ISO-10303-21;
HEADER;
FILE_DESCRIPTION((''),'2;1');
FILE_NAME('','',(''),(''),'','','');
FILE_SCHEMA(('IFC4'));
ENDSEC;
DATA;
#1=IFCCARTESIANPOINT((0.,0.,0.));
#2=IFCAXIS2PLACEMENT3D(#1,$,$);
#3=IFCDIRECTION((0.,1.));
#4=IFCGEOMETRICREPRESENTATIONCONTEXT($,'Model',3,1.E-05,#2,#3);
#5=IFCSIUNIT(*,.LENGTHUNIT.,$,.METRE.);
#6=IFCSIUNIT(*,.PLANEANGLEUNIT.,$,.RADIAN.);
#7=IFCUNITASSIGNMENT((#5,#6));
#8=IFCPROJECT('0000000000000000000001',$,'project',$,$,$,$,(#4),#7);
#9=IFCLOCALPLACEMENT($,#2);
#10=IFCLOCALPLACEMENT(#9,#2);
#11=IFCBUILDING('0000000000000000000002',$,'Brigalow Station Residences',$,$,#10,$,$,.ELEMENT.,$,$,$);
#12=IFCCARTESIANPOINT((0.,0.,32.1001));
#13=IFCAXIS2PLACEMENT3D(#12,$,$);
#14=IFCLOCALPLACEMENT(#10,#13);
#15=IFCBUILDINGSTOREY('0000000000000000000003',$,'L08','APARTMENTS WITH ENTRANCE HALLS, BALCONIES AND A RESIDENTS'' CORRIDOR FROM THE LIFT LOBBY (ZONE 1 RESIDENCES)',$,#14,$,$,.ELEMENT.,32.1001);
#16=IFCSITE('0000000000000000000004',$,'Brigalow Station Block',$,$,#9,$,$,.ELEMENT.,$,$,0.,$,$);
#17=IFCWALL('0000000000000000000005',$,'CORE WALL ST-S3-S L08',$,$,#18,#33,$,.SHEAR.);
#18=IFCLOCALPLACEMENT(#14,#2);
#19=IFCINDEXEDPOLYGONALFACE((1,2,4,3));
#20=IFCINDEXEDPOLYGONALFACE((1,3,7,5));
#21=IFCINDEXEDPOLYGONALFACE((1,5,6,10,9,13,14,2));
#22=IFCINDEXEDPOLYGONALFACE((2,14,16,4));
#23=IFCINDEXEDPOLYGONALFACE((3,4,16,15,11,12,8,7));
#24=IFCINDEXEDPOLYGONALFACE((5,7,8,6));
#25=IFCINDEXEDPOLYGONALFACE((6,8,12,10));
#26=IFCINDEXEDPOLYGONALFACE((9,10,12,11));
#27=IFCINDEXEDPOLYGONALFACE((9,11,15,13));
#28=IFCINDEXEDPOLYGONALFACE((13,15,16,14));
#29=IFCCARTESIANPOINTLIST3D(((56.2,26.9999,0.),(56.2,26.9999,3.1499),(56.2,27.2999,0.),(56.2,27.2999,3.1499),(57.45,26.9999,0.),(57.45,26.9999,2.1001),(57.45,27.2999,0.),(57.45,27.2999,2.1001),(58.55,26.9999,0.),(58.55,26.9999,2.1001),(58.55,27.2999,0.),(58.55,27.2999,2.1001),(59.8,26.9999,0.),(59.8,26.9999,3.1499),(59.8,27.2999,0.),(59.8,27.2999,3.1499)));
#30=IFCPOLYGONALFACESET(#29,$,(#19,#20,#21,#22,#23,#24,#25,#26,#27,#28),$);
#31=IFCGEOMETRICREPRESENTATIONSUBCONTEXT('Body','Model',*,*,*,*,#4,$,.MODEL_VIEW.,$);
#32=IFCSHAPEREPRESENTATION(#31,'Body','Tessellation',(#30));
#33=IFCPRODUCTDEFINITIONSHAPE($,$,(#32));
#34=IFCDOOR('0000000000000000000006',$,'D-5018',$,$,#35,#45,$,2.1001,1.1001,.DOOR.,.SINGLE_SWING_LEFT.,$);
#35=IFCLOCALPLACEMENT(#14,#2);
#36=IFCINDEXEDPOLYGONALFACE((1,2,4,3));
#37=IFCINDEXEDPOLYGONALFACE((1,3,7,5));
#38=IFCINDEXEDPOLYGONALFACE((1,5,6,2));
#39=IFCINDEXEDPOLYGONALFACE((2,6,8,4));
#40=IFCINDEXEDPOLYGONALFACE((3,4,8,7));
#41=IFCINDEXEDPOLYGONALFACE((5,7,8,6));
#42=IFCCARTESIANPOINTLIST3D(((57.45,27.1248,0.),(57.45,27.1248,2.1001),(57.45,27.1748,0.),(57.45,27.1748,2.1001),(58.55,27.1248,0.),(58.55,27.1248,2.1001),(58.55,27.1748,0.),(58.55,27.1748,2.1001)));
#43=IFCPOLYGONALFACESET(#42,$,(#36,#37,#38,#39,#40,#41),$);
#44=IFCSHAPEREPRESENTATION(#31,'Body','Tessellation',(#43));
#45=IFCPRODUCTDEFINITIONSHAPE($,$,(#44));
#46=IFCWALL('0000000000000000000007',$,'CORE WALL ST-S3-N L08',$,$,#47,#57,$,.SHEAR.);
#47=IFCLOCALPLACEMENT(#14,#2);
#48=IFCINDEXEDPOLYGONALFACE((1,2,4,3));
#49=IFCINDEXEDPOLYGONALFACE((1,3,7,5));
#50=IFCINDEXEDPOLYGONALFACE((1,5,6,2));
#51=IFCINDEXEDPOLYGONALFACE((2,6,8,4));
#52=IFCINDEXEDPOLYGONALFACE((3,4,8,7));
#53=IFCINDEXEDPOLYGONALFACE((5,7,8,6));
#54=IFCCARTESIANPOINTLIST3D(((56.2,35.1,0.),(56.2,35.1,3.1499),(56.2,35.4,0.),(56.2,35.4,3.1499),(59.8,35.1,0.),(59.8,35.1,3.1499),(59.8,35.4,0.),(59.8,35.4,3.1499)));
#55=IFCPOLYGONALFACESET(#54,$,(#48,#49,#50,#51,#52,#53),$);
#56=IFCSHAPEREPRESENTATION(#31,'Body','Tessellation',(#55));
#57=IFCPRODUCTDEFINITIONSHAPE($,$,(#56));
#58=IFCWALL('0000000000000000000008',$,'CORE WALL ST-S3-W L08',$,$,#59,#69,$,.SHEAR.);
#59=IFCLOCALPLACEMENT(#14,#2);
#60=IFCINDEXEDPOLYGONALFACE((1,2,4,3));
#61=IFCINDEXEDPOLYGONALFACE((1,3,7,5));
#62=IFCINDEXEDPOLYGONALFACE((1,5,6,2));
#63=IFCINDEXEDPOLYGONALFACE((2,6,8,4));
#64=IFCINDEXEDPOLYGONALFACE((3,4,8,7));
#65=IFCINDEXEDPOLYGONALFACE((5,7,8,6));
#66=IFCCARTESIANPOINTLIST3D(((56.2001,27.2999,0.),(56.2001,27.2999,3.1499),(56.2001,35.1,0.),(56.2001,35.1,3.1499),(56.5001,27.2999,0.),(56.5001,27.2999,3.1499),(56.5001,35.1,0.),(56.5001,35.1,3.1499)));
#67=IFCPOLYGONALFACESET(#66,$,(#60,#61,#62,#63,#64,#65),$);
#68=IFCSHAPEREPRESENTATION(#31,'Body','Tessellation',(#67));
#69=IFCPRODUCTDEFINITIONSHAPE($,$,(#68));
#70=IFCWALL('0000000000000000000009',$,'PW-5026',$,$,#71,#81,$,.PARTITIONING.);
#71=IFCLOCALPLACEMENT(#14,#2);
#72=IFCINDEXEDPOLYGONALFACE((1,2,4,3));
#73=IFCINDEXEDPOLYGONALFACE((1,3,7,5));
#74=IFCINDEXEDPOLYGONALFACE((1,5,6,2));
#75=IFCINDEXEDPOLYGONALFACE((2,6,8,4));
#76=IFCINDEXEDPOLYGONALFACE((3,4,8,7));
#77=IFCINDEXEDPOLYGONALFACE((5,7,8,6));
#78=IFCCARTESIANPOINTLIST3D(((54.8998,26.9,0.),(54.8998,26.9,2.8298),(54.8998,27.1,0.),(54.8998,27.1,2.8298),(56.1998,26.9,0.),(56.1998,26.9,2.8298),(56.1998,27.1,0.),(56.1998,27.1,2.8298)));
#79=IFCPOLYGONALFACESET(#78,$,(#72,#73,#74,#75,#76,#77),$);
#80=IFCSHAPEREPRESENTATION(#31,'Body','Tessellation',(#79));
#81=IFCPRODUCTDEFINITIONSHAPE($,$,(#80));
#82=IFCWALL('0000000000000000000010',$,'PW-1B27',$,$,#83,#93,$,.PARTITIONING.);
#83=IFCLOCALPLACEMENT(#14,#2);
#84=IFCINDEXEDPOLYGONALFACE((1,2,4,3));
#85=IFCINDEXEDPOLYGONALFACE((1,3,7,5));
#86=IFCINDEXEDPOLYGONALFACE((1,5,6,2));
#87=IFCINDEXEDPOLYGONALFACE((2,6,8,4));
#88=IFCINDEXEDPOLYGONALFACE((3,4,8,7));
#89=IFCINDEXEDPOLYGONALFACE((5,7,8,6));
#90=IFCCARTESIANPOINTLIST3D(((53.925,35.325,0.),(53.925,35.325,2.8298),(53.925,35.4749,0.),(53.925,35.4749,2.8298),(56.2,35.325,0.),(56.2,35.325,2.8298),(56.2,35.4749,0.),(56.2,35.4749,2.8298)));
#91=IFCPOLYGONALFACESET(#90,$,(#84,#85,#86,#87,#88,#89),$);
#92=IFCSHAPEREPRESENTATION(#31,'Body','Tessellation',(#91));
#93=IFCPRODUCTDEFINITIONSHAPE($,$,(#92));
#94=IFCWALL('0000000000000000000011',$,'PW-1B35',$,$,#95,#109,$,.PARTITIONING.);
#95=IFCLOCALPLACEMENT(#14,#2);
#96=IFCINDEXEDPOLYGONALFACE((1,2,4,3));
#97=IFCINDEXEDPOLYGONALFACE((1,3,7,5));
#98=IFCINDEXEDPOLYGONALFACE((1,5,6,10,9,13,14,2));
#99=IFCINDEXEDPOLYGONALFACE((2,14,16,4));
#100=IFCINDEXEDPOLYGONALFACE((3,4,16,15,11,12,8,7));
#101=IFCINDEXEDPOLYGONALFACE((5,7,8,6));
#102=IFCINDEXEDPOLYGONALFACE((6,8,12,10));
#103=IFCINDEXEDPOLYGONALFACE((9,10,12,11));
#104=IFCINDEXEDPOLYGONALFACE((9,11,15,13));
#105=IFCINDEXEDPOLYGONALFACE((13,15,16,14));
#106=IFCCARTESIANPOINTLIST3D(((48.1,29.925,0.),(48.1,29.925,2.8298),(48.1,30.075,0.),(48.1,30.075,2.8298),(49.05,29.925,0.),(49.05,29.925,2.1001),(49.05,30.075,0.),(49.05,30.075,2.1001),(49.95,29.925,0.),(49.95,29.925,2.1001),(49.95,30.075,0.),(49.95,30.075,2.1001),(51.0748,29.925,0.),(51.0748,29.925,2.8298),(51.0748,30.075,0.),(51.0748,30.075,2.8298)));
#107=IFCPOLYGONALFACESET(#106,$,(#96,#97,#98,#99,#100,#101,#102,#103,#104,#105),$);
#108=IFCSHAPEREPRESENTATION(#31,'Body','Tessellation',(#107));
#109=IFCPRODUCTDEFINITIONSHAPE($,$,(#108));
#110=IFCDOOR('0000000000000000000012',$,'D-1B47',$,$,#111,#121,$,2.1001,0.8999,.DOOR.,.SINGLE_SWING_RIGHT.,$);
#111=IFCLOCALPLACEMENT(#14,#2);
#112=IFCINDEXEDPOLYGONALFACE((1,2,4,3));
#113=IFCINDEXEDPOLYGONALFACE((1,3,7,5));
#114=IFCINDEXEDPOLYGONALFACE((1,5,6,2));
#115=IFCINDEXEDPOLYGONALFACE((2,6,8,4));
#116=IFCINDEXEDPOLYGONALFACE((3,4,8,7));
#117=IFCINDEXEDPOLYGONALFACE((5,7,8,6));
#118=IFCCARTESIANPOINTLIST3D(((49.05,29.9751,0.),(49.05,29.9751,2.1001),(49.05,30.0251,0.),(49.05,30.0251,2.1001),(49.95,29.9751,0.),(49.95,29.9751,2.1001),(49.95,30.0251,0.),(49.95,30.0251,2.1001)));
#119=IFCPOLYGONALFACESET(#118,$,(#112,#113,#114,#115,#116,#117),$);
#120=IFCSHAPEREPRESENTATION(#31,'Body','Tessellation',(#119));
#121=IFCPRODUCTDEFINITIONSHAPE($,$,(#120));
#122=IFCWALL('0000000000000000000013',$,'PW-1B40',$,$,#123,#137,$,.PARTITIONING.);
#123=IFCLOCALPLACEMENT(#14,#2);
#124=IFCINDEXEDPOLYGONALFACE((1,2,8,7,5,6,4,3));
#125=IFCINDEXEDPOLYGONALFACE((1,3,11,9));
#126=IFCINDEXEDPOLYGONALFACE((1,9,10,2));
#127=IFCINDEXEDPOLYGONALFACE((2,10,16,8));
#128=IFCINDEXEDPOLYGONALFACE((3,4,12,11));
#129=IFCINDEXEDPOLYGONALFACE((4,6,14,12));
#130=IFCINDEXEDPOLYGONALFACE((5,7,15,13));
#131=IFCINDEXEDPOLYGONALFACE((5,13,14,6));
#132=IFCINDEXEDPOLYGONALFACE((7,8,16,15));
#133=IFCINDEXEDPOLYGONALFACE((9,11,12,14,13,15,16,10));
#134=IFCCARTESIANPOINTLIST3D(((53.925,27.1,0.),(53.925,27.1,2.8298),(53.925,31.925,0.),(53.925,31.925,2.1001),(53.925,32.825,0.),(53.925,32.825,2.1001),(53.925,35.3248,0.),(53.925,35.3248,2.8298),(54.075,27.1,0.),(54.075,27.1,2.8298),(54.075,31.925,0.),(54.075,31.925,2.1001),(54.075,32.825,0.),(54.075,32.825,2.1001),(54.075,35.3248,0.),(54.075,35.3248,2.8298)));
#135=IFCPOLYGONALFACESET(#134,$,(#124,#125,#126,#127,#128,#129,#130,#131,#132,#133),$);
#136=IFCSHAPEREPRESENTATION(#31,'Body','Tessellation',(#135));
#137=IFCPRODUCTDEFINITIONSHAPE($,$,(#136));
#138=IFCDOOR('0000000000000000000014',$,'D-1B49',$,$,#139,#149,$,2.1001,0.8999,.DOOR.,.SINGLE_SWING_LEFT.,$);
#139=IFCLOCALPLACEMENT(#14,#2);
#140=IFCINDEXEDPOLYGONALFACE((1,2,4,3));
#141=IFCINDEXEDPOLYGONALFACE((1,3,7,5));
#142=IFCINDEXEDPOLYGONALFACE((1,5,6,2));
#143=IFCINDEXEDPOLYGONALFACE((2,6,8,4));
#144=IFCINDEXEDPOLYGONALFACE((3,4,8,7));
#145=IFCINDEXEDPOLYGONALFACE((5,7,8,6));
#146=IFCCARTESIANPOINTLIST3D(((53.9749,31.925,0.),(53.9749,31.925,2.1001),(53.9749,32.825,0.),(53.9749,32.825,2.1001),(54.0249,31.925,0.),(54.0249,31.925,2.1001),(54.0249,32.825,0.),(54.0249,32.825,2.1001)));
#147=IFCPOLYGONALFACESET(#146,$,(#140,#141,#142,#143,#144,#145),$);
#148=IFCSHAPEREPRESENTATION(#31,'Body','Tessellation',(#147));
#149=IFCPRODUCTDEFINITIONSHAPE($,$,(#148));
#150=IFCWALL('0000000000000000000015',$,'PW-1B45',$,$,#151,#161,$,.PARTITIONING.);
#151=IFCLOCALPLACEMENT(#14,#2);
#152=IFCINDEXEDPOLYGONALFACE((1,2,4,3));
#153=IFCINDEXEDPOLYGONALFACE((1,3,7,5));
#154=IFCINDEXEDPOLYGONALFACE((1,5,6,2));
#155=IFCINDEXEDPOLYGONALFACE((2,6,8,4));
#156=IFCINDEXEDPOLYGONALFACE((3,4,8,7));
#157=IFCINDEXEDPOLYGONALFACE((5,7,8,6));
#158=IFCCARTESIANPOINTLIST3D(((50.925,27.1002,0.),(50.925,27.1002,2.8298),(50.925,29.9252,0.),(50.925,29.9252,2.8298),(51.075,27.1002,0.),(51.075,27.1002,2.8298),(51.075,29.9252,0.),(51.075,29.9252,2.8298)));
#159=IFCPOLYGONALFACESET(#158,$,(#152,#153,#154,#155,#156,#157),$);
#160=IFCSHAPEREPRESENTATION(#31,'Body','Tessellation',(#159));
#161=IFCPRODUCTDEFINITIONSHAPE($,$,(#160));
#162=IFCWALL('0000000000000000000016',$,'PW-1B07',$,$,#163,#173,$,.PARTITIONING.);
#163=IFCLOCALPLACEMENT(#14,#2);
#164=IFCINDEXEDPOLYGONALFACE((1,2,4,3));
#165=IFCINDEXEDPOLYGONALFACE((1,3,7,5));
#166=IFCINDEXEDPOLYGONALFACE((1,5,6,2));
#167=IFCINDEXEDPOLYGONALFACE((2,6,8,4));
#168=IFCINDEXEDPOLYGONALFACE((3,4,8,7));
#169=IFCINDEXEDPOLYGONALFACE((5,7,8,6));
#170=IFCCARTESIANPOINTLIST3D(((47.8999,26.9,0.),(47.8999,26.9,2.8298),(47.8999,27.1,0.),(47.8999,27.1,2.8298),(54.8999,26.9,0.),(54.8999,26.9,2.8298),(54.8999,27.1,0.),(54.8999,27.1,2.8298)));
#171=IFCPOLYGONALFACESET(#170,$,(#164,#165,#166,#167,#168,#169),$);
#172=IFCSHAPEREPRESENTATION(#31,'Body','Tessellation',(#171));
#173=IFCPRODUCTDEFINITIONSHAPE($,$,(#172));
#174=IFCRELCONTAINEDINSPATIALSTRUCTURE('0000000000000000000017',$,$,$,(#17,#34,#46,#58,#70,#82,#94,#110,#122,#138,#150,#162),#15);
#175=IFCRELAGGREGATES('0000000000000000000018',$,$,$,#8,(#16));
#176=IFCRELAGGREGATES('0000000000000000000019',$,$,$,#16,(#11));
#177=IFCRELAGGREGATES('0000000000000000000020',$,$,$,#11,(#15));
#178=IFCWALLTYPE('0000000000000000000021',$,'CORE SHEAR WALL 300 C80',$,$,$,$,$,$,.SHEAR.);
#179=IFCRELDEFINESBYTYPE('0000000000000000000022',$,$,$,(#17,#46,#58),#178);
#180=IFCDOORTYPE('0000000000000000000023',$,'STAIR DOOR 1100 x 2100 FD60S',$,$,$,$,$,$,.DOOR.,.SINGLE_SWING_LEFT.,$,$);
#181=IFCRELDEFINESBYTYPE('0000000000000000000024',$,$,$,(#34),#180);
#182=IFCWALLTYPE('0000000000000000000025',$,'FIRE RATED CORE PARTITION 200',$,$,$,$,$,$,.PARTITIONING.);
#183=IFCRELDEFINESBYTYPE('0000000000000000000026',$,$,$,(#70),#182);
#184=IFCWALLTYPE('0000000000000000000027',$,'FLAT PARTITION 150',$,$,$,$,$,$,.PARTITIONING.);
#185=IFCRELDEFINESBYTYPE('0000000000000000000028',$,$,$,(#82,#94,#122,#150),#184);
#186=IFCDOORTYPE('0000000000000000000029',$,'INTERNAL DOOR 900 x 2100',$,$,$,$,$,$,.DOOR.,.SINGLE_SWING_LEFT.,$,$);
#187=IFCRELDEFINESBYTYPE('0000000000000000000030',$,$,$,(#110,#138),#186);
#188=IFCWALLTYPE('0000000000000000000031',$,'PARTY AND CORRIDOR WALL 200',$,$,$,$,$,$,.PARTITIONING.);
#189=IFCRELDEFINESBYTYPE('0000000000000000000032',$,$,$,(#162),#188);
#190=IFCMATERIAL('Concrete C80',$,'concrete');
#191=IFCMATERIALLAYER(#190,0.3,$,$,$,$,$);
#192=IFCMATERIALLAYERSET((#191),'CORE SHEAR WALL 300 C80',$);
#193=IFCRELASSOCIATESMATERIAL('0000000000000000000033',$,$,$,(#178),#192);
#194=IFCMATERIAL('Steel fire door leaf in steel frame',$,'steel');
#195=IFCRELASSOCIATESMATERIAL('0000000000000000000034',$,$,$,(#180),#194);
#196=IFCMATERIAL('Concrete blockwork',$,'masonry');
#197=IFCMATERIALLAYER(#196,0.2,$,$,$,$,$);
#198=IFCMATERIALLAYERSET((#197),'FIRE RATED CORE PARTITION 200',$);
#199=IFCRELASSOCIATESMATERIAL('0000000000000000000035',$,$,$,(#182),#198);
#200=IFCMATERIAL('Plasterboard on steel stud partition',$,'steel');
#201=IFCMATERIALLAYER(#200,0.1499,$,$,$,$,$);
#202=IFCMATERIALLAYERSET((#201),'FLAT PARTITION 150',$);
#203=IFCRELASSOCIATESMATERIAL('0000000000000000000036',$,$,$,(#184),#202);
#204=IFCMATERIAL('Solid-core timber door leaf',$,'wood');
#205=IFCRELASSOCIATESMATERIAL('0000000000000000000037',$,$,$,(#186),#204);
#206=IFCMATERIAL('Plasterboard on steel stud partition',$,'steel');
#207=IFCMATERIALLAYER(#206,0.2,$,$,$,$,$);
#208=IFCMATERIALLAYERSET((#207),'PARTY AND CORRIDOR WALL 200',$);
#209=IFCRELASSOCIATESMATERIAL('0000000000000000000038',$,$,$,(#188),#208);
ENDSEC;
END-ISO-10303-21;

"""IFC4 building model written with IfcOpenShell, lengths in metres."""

from ifc_helpers import new_model, si_unit, direction, frame, frame_2d, origin, place, context, subcontext, project, spatial, rectangle, extrude, material, layer, layer_set, type_object, element, fill, save


model = new_model("IFC4")

# Units and contexts
model_context = context("Model", 3, precision=1e-05, world=origin(), true_north=direction((0.0, 1.0)))
body_context = subcontext(model_context, "Body", "Model", "MODEL_VIEW")
ifc_project = project(units=[si_unit("LENGTHUNIT", "METRE"), si_unit("PLANEANGLEUNIT", "RADIAN")], contexts=[model_context])

# Site, building, storey
site_placement = place(None, origin())
site = spatial("IfcSite", under=ifc_project, at=site_placement, Name="Brigalow Station Block", CompositionType="ELEMENT", RefElevation=0.0)
building_placement = place(site_placement, origin())
building = spatial("IfcBuilding", under=site, at=building_placement, Name="Brigalow Station Residences", CompositionType="ELEMENT")
storey_placement = place(building_placement, frame((0.0, 0.0, 32.1001)))
storey = spatial("IfcBuildingStorey", under=building, at=storey_placement, Name="L08", Description="APARTMENTS WITH ENTRANCE HALLS, BALCONIES AND A RESIDENTS' CORRIDOR FROM THE LIFT LOBBY (ZONE 1 RESIDENCES)", CompositionType="ELEMENT", Elevation=32.1001)

# Wall, opening, door
ifc_material_1 = material(Name="Concrete C80", Category="concrete")
ifc_layer_1 = layer(ifc_material_1, 0.3)
ifc_layer_set_1 = layer_set([ifc_layer_1], Name="CORE SHEAR WALL 300 C80")
wall_type_1 = type_object("IfcWallType", Name="CORE SHEAR WALL 300 C80", PredefinedType="SHEAR", material=ifc_layer_set_1)
wall_1_placement = place(storey_placement, frame((56.2, 27.1499, 0.0), z_axis=(0.0, 0.0, 1.0), x_axis=(1.0, 0.0, 0.0)))
wall_1 = element("IfcWall", 1, at=wall_1_placement, inside=storey, type_object=wall_type_1, Name="CORE WALL ST-S3-S L08", PredefinedType="SHEAR", context=body_context, shape_type="SweptSolid", body=[
    extrude(rectangle(XDim=3.6001, YDim=0.3, at=frame_2d((1.8, 0.0))), origin(), (0.0, 0.0, 1.0), 3.1499),
])
opening_1_placement = place(wall_1_placement, frame((1.25, 0.0, 0.0)))
opening_1 = element("IfcOpeningElement", 2, at=opening_1_placement, cuts=wall_1, PredefinedType="OPENING", context=body_context, shape_type="SweptSolid", body=[
    extrude(rectangle(XDim=1.1001, YDim=2.1001, at=frame_2d((0.55, 1.05))), frame((0.0, 0.1602, 0.0), z_axis=(0.0, -1.0, 0.0), x_axis=(1.0, 0.0, 0.0)), (0.0, 0.0, 1.0), 0.3201),
])
ifc_material_2 = material(Name="Steel fire door leaf in steel frame", Category="steel")
door_type_1 = type_object("IfcDoorType", Name="STAIR DOOR 1100 x 2100 FD60S", OperationType="SINGLE_SWING_LEFT", PredefinedType="DOOR", material=ifc_material_2)
door_1_placement = place(opening_1_placement, origin())
door_1 = element("IfcDoor", 3, at=door_1_placement, inside=storey, type_object=door_type_1, Name="D-5018", OperationType="SINGLE_SWING_LEFT", OverallHeight=2.1001, OverallWidth=1.1001, PredefinedType="DOOR", context=body_context, shape_type="SweptSolid", body=[
    extrude(rectangle(XDim=1.1001, YDim=2.1001, at=frame_2d((0.55, 1.05))), frame((0.0, 0.0249, 0.0), z_axis=(0.0, -1.0, 0.0), x_axis=(1.0, 0.0, 0.0)), (0.0, 0.0, 1.0), 0.05),
])
fill(opening_1, door_1)

# Walls
wall_2_placement = place(storey_placement, frame((56.2, 35.25, 0.0), z_axis=(0.0, 0.0, 1.0), x_axis=(1.0, 0.0, 0.0)))
element("IfcWall", 4, at=wall_2_placement, inside=storey, type_object=wall_type_1, Name="CORE WALL ST-S3-N L08", PredefinedType="SHEAR", context=body_context, shape_type="SweptSolid", body=[
    extrude(rectangle(XDim=3.6001, YDim=0.3, at=frame_2d((1.8, 0.0))), origin(), (0.0, 0.0, 1.0), 3.1499),
])
wall_3_placement = place(storey_placement, frame((56.3501, 27.3, 0.0), z_axis=(0.0, 0.0, 1.0), x_axis=(0.0, 1.0, 0.0)))
element("IfcWall", 5, at=wall_3_placement, inside=storey, type_object=wall_type_1, Name="CORE WALL ST-S3-W L08", PredefinedType="SHEAR", context=body_context, shape_type="SweptSolid", body=[
    extrude(rectangle(XDim=7.8, YDim=0.3, at=frame_2d((3.8999, 0.0))), origin(), (0.0, 0.0, 1.0), 3.1499),
])
ifc_material_3 = material(Name="Concrete blockwork", Category="masonry")
ifc_layer_2 = layer(ifc_material_3, 0.2)
ifc_layer_set_2 = layer_set([ifc_layer_2], Name="FIRE RATED CORE PARTITION 200")
wall_type_2 = type_object("IfcWallType", Name="FIRE RATED CORE PARTITION 200", PredefinedType="PARTITIONING", material=ifc_layer_set_2)
wall_4_placement = place(storey_placement, frame((54.8999, 27.0, 0.0), z_axis=(0.0, 0.0, 1.0), x_axis=(1.0, 0.0, 0.0)))
element("IfcWall", 6, at=wall_4_placement, inside=storey, type_object=wall_type_2, Name="PW-5026", PredefinedType="PARTITIONING", context=body_context, shape_type="SweptSolid", body=[
    extrude(rectangle(XDim=1.3, YDim=0.2, at=frame_2d((0.6499, 0.0))), origin(), (0.0, 0.0, 1.0), 2.8298),
])
ifc_material_4 = material(Name="Plasterboard on steel stud partition", Category="steel")
ifc_layer_3 = layer(ifc_material_4, 0.1499)
ifc_layer_set_3 = layer_set([ifc_layer_3], Name="FLAT PARTITION 150")
wall_type_3 = type_object("IfcWallType", Name="FLAT PARTITION 150", PredefinedType="PARTITIONING", material=ifc_layer_set_3)
wall_5_placement = place(storey_placement, frame((53.925, 35.3999, 0.0), z_axis=(0.0, 0.0, 1.0), x_axis=(1.0, 0.0, 0.0)))
element("IfcWall", 7, at=wall_5_placement, inside=storey, type_object=wall_type_3, Name="PW-1B27", PredefinedType="PARTITIONING", context=body_context, shape_type="SweptSolid", body=[
    extrude(rectangle(XDim=2.2749, YDim=0.1499, at=frame_2d((1.1375, 0.0))), origin(), (0.0, 0.0, 1.0), 2.8298),
])

# Walls, openings, doors
wall_6_placement = place(storey_placement, frame((48.1001, 30.0, 0.0), z_axis=(0.0, 0.0, 1.0), x_axis=(1.0, 0.0, 0.0)))
wall_6 = element("IfcWall", 8, at=wall_6_placement, inside=storey, type_object=wall_type_3, Name="PW-1B35", PredefinedType="PARTITIONING", context=body_context, shape_type="SweptSolid", body=[
    extrude(rectangle(XDim=2.9749, YDim=0.1499, at=frame_2d((1.4873, 0.0))), origin(), (0.0, 0.0, 1.0), 2.8298),
])
opening_2_placement = place(wall_6_placement, frame((0.95, 0.0, 0.0)))
opening_2 = element("IfcOpeningElement", 9, at=opening_2_placement, cuts=wall_6, PredefinedType="OPENING", context=body_context, shape_type="SweptSolid", body=[
    extrude(rectangle(XDim=0.8999, YDim=2.1001, at=frame_2d((0.45, 1.05))), frame((0.0, 0.085, 0.0), z_axis=(0.0, -1.0, 0.0), x_axis=(1.0, 0.0, 0.0)), (0.0, 0.0, 1.0), 0.1699),
])
ifc_material_5 = material(Name="Solid-core timber door leaf", Category="wood")
door_type_2 = type_object("IfcDoorType", Name="INTERNAL DOOR 900 x 2100", OperationType="SINGLE_SWING_LEFT", PredefinedType="DOOR", material=ifc_material_5)
door_2_placement = place(opening_2_placement, frame((0.8999, 0.0, 0.0), z_axis=(0.0, 0.0, 1.0), x_axis=(-1.0, 0.0, 0.0)))
door_2 = element("IfcDoor", 10, at=door_2_placement, inside=storey, type_object=door_type_2, Name="D-1B47", OperationType="SINGLE_SWING_RIGHT", OverallHeight=2.1001, OverallWidth=0.8999, PredefinedType="DOOR", context=body_context, shape_type="SweptSolid", body=[
    extrude(rectangle(XDim=0.8999, YDim=2.1001, at=frame_2d((0.45, 1.05))), frame((0.0, 0.0249, 0.0), z_axis=(0.0, -1.0, 0.0), x_axis=(1.0, 0.0, 0.0)), (0.0, 0.0, 1.0), 0.05),
])
fill(opening_2, door_2)
wall_7_placement = place(storey_placement, frame((54.0, 27.1001, 0.0), z_axis=(0.0, 0.0, 1.0), x_axis=(0.0, 1.0, 0.0)))
wall_7 = element("IfcWall", 11, at=wall_7_placement, inside=storey, type_object=wall_type_3, Name="PW-1B40", PredefinedType="PARTITIONING", context=body_context, shape_type="SweptSolid", body=[
    extrude(rectangle(XDim=8.2249, YDim=0.1499, at=frame_2d((4.1123, 0.0))), origin(), (0.0, 0.0, 1.0), 2.8298),
])
opening_3_placement = place(wall_7_placement, frame((4.825, 0.0, 0.0)))
opening_3 = element("IfcOpeningElement", 12, at=opening_3_placement, cuts=wall_7, PredefinedType="OPENING", context=body_context, shape_type="SweptSolid", body=[
    extrude(rectangle(XDim=0.8999, YDim=2.1001, at=frame_2d((0.45, 1.05))), frame((0.0, 0.085, 0.0), z_axis=(0.0, -1.0, 0.0), x_axis=(1.0, 0.0, 0.0)), (0.0, 0.0, 1.0), 0.1699),
])
door_3_placement = place(opening_3_placement, frame((0.8999, 0.0, 0.0), z_axis=(0.0, 0.0, 1.0), x_axis=(-1.0, 0.0, 0.0)))
door_3 = element("IfcDoor", 13, at=door_3_placement, inside=storey, type_object=door_type_2, Name="D-1B49", OperationType="SINGLE_SWING_LEFT", OverallHeight=2.1001, OverallWidth=0.8999, PredefinedType="DOOR", context=body_context, shape_type="SweptSolid", body=[
    extrude(rectangle(XDim=0.8999, YDim=2.1001, at=frame_2d((0.45, 1.05))), frame((0.0, 0.0249, 0.0), z_axis=(0.0, -1.0, 0.0), x_axis=(1.0, 0.0, 0.0)), (0.0, 0.0, 1.0), 0.05),
])
fill(opening_3, door_3)

# Walls
wall_8_placement = place(storey_placement, frame((51.0, 27.1001, 0.0), z_axis=(0.0, 0.0, 1.0), x_axis=(0.0, 1.0, 0.0)))
element("IfcWall", 14, at=wall_8_placement, inside=storey, type_object=wall_type_3, Name="PW-1B45", PredefinedType="PARTITIONING", context=body_context, shape_type="SweptSolid", body=[
    extrude(rectangle(XDim=2.825, YDim=0.1499, at=frame_2d((1.4126, 0.0))), origin(), (0.0, 0.0, 1.0), 2.8298),
])
ifc_material_6 = material(Name="Plasterboard on steel stud partition", Category="steel")
ifc_layer_4 = layer(ifc_material_6, 0.2)
ifc_layer_set_4 = layer_set([ifc_layer_4], Name="PARTY AND CORRIDOR WALL 200")
wall_type_4 = type_object("IfcWallType", Name="PARTY AND CORRIDOR WALL 200", PredefinedType="PARTITIONING", material=ifc_layer_set_4)
wall_9_placement = place(storey_placement, frame((47.8999, 27.0, 0.0), z_axis=(0.0, 0.0, 1.0), x_axis=(1.0, 0.0, 0.0)))
element("IfcWall", 15, at=wall_9_placement, inside=storey, type_object=wall_type_4, Name="PW-1B07", PredefinedType="PARTITIONING", context=body_context, shape_type="SweptSolid", body=[
    extrude(rectangle(XDim=7.0, YDim=0.2, at=frame_2d((3.5, 0.0))), origin(), (0.0, 0.0, 1.0), 2.8298),
])

save(model, "model.ifc")
